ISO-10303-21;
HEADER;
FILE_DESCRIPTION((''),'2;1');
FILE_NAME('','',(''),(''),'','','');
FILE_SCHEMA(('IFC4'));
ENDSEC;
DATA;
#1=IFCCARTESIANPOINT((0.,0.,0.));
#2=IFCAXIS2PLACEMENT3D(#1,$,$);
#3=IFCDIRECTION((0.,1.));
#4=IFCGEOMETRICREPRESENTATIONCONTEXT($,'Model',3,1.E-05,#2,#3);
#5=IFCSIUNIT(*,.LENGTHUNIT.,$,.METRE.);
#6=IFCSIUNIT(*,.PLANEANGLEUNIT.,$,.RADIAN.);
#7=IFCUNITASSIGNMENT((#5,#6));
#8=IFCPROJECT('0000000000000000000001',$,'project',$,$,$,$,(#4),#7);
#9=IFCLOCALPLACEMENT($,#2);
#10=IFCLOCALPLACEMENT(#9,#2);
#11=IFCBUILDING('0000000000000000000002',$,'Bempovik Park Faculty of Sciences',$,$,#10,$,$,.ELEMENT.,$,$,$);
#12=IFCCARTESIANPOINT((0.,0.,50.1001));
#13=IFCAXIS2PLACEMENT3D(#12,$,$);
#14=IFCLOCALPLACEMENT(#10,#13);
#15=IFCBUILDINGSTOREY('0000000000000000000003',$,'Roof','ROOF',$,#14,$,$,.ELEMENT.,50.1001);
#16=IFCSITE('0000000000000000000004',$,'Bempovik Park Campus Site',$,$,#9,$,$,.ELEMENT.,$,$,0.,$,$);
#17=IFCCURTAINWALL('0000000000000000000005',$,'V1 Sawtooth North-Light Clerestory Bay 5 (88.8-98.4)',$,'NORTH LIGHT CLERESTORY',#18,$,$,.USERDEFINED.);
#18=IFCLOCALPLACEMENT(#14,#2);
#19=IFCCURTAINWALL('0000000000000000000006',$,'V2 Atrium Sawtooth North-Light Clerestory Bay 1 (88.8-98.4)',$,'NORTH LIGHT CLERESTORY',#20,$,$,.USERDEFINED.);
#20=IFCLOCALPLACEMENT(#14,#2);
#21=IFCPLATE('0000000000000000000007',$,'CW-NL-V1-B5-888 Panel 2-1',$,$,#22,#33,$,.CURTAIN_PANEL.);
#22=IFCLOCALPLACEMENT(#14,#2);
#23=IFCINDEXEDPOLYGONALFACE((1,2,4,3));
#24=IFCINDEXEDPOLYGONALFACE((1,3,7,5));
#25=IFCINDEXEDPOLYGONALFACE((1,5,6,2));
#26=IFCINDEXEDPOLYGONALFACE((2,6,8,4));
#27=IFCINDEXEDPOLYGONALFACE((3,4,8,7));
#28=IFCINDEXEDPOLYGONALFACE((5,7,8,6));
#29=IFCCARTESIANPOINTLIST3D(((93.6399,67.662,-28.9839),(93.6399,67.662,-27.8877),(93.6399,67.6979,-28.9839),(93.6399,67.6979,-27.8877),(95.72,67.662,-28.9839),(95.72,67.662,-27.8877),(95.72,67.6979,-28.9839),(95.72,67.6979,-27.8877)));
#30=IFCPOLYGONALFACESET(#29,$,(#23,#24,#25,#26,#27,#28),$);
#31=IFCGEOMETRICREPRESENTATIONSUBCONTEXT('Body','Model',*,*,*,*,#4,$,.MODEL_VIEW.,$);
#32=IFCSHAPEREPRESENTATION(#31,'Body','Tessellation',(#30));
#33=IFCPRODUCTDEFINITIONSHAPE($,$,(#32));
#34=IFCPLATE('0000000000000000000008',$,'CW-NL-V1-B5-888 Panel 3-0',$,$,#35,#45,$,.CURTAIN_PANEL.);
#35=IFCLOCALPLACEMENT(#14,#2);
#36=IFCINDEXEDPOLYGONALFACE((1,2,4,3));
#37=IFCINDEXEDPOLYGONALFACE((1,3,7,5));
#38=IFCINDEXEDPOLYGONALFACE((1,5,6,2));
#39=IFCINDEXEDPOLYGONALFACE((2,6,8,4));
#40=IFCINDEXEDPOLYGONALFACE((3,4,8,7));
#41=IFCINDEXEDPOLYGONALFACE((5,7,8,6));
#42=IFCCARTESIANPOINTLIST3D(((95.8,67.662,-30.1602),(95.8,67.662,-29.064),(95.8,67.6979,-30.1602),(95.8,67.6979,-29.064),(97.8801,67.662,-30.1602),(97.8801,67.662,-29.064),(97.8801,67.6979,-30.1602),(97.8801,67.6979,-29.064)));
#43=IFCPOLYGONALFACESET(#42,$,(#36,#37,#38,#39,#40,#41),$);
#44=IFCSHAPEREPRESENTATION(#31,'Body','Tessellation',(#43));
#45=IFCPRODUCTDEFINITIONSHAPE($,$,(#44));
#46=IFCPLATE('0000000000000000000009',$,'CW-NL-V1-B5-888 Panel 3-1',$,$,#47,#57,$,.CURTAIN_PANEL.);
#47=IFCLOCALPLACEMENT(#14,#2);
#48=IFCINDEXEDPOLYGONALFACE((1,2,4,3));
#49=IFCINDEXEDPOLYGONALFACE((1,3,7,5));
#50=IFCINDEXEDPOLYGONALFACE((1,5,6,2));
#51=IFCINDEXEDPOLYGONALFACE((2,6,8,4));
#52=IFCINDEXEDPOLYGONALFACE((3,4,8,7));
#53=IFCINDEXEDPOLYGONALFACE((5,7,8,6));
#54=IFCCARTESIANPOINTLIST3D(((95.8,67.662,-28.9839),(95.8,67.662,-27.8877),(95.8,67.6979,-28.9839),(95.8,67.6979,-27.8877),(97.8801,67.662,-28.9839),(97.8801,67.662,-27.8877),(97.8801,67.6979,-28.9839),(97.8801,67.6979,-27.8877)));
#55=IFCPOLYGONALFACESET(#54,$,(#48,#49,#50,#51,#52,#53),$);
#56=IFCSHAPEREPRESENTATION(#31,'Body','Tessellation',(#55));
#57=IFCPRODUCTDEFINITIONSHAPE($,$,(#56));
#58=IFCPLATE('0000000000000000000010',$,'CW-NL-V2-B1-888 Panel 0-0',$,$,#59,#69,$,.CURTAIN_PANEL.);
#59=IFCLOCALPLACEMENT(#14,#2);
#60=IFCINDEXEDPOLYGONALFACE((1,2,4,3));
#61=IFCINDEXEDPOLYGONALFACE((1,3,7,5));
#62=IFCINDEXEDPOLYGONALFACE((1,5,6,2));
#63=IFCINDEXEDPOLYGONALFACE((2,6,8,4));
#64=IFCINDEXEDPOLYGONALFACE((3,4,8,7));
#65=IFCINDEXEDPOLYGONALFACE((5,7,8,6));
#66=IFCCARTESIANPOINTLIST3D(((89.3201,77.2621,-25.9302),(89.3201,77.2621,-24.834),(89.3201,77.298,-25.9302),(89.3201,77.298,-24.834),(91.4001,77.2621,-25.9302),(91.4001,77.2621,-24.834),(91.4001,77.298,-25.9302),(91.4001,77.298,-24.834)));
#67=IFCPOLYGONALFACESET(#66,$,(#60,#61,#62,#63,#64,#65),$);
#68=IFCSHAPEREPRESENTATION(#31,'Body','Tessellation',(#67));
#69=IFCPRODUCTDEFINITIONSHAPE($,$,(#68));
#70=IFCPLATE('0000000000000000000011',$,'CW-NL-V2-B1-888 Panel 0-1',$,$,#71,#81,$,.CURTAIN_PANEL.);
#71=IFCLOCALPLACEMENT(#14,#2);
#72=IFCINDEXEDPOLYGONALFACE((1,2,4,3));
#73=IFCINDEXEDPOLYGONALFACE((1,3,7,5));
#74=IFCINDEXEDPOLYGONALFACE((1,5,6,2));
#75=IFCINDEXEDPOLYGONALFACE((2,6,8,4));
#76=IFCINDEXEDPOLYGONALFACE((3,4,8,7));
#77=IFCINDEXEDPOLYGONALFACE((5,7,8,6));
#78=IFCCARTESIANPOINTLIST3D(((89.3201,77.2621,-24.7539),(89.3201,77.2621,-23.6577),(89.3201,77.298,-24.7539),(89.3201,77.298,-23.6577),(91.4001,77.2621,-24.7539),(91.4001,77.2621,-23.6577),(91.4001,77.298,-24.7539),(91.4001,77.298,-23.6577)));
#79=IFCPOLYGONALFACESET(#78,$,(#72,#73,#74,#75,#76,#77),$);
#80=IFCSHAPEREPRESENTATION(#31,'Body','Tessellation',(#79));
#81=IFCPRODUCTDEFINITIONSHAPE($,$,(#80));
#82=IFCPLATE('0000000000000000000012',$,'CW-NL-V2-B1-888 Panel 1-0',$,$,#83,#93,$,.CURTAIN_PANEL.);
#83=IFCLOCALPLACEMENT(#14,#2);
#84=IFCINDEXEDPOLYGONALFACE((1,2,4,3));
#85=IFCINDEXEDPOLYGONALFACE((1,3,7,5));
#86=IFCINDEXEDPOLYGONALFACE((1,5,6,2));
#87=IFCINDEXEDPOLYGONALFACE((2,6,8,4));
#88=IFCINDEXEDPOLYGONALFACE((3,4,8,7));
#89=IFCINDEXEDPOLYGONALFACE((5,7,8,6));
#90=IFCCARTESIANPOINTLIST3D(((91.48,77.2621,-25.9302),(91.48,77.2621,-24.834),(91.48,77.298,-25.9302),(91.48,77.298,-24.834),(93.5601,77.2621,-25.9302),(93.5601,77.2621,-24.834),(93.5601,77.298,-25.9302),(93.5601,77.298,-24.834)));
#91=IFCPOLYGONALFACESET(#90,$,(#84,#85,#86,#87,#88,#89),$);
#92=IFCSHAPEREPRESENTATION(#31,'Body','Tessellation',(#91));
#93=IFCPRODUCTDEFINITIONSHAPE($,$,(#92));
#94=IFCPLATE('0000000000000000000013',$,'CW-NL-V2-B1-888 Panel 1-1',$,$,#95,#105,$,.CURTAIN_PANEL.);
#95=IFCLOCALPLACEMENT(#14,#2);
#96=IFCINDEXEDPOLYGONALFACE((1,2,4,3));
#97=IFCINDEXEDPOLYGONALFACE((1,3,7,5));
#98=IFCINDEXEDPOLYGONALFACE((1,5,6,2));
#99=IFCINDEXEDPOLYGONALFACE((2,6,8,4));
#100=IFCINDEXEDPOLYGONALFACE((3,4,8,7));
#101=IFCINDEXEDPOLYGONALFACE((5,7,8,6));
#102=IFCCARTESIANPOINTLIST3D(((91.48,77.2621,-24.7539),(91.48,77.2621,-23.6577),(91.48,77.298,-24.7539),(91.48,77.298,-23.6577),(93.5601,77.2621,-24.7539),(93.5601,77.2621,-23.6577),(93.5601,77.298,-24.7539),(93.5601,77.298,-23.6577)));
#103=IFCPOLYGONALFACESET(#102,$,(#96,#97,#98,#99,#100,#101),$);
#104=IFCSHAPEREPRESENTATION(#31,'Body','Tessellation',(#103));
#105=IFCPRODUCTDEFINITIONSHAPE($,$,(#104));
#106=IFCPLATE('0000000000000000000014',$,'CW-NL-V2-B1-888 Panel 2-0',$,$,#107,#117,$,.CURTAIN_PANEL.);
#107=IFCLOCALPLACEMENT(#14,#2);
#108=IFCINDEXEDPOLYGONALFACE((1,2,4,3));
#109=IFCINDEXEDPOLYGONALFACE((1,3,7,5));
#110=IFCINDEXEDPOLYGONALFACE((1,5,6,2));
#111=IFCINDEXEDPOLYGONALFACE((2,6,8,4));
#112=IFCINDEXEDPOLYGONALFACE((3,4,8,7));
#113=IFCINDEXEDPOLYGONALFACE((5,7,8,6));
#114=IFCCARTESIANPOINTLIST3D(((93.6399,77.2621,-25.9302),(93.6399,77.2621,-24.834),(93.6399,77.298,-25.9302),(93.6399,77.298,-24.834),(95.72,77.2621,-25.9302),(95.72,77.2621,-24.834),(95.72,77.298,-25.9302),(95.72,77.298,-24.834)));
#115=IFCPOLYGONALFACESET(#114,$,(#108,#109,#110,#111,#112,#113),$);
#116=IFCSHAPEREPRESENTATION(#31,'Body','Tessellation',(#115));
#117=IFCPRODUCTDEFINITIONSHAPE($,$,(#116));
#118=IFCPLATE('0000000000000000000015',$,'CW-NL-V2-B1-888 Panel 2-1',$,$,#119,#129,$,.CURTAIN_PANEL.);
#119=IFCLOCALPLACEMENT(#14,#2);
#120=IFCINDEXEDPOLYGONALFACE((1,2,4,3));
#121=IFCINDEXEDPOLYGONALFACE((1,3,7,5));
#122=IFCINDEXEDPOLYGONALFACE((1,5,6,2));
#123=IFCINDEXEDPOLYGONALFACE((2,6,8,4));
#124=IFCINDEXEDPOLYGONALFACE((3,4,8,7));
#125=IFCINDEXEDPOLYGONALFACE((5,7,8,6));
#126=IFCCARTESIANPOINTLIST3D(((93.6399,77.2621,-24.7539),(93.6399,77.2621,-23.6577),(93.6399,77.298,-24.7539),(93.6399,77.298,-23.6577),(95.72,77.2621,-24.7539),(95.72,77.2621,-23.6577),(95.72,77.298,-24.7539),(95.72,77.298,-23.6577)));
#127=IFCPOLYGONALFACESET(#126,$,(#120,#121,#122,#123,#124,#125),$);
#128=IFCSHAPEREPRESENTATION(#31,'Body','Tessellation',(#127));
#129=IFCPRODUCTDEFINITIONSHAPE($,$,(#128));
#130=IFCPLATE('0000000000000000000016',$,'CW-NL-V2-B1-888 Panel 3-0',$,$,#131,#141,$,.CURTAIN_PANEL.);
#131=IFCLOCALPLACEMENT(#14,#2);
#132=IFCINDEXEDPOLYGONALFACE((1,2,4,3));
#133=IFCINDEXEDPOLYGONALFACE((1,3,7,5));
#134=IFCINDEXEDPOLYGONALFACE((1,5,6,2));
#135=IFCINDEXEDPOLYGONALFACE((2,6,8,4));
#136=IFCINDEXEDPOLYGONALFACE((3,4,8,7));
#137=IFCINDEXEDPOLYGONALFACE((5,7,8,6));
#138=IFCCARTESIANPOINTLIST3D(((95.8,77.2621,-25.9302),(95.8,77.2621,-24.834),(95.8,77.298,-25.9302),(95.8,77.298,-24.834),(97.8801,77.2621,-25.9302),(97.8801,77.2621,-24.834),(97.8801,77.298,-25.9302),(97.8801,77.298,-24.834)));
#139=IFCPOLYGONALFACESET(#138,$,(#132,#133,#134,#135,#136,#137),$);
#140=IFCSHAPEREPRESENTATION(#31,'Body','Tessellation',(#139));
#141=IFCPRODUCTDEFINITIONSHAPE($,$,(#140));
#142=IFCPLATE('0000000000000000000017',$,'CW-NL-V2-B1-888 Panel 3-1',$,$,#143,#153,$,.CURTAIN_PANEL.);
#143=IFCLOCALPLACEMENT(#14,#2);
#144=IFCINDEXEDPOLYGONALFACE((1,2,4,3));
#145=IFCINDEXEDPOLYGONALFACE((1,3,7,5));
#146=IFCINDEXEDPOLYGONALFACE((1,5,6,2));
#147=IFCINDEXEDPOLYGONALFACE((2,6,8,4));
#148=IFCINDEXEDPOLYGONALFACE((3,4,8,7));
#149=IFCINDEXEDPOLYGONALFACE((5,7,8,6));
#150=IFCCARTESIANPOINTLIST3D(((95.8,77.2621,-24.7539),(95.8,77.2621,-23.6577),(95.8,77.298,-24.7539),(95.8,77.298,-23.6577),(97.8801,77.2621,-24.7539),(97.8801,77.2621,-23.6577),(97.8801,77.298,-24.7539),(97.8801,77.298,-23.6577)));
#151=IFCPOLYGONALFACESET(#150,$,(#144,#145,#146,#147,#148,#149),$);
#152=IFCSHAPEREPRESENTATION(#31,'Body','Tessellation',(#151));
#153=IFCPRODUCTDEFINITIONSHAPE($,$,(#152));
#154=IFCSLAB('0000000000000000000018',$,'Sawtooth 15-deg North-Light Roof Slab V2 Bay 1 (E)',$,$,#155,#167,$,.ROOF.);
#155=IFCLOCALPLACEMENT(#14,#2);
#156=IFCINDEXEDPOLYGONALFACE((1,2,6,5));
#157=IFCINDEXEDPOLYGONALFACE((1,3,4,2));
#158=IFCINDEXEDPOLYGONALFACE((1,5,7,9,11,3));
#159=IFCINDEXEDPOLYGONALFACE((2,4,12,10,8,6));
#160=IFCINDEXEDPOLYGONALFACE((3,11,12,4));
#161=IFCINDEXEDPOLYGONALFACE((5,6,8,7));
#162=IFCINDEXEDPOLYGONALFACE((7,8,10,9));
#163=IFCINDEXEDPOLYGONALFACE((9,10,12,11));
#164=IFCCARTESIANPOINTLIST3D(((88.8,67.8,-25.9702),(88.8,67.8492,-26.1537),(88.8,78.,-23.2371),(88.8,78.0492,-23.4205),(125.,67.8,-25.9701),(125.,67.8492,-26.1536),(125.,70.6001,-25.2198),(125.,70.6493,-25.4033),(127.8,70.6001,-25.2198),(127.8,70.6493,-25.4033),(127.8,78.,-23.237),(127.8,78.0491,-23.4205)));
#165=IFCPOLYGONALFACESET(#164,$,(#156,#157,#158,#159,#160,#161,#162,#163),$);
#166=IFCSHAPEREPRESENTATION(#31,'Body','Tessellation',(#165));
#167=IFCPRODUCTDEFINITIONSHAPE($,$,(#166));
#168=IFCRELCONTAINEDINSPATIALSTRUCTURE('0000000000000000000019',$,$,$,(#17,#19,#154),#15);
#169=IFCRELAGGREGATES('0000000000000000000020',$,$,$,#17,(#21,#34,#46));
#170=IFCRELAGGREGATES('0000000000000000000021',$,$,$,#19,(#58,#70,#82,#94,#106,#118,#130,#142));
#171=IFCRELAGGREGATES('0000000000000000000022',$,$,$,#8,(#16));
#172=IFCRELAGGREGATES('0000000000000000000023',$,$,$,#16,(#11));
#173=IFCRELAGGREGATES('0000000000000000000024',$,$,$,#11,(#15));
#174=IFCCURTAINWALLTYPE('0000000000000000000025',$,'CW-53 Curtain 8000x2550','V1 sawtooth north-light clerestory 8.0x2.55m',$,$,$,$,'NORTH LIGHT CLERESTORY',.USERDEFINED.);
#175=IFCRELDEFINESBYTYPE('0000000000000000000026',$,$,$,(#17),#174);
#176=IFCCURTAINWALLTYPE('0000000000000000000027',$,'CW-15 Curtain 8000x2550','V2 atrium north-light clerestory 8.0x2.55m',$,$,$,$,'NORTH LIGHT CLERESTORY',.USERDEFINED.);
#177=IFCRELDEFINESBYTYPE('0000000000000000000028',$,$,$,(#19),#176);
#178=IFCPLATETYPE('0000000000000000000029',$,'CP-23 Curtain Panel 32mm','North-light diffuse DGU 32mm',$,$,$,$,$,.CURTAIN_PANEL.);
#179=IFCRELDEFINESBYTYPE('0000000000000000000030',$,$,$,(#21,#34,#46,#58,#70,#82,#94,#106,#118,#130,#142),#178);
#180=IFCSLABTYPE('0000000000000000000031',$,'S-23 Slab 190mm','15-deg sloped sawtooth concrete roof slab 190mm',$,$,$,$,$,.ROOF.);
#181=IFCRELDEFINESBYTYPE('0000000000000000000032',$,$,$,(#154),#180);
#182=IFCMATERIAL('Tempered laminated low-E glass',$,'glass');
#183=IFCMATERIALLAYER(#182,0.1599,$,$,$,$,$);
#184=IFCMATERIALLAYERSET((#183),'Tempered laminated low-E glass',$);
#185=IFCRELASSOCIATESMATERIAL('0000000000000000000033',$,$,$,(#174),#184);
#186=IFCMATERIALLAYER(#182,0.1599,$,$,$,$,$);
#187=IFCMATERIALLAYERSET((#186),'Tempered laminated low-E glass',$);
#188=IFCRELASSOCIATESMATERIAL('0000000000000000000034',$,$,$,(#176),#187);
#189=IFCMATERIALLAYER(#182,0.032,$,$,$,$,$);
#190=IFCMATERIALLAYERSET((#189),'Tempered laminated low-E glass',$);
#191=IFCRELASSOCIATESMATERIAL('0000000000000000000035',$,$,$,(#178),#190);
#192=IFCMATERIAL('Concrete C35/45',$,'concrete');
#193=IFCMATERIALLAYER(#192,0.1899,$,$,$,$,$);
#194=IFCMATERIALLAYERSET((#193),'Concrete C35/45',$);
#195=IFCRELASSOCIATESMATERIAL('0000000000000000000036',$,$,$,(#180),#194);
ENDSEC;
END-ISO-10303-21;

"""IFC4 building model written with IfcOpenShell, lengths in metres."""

from ifc_helpers import new_model, si_unit, direction, frame, origin, origin_2d, place, context, subcontext, project, spatial, polyline, rectangle, outline, extrude, material, layer, layer_set, type_object, element, aggregate, save


model = new_model("IFC4")

# Units and contexts
model_context = context("Model", 3, precision=1e-05, world=origin(), true_north=direction((0.0, 1.0)))
body_context = subcontext(model_context, "Body", "Model", "MODEL_VIEW")
ifc_project = project(units=[si_unit("LENGTHUNIT", "METRE"), si_unit("PLANEANGLEUNIT", "RADIAN")], contexts=[model_context])

# Site, building, storey
site_placement = place(None, origin())
site = spatial("IfcSite", under=ifc_project, at=site_placement, Name="Bempovik Park Campus Site", CompositionType="ELEMENT", RefElevation=0.0)
building_placement = place(site_placement, origin())
building = spatial("IfcBuilding", under=site, at=building_placement, Name="Bempovik Park Faculty of Sciences", CompositionType="ELEMENT")
storey_placement = place(building_placement, frame((0.0, 0.0, 50.1001)))
storey = spatial("IfcBuildingStorey", under=building, at=storey_placement, Name="Roof", Description="ROOF", CompositionType="ELEMENT", Elevation=50.1001)

# Curtain walls
ifc_material_1 = material(Name="Tempered laminated low-E glass", Category="glass")
ifc_layer_1 = layer(ifc_material_1, 0.1599)
ifc_layer_set_1 = layer_set([ifc_layer_1], Name="Tempered laminated low-E glass")
curtain_wall_type_1 = type_object("IfcCurtainWallType", Name="CW-53 Curtain 8000x2550", Description="V1 sawtooth north-light clerestory 8.0x2.55m", ElementType="NORTH LIGHT CLERESTORY", PredefinedType="USERDEFINED", material=ifc_layer_set_1)
curtain_wall_1_placement = place(storey_placement, origin())
curtain_wall_1 = element("IfcCurtainWall", 1, at=curtain_wall_1_placement, inside=storey, type_object=curtain_wall_type_1, Name="V1 Sawtooth North-Light Clerestory Bay 5 (88.8-98.4)", ObjectType="NORTH LIGHT CLERESTORY", PredefinedType="USERDEFINED")
ifc_layer_2 = layer(ifc_material_1, 0.1599)
ifc_layer_set_2 = layer_set([ifc_layer_2], Name="Tempered laminated low-E glass")
curtain_wall_type_2 = type_object("IfcCurtainWallType", Name="CW-15 Curtain 8000x2550", Description="V2 atrium north-light clerestory 8.0x2.55m", ElementType="NORTH LIGHT CLERESTORY", PredefinedType="USERDEFINED", material=ifc_layer_set_2)
curtain_wall_2_placement = place(storey_placement, origin())
curtain_wall_2 = element("IfcCurtainWall", 2, at=curtain_wall_2_placement, inside=storey, type_object=curtain_wall_type_2, Name="V2 Atrium Sawtooth North-Light Clerestory Bay 1 (88.8-98.4)", ObjectType="NORTH LIGHT CLERESTORY", PredefinedType="USERDEFINED")

# Plates
ifc_layer_3 = layer(ifc_material_1, 0.032)
ifc_layer_set_3 = layer_set([ifc_layer_3], Name="Tempered laminated low-E glass")
plate_type = type_object("IfcPlateType", Name="CP-23 Curtain Panel 32mm", Description="North-light diffuse DGU 32mm", PredefinedType="CURTAIN_PANEL", material=ifc_layer_set_3)
plate_1_placement = place(storey_placement, frame((94.6799, 67.6799, -28.9839), z_axis=(0.0, 0.0, 1.0), x_axis=(1.0, 0.0, 0.0)))
plate_1 = element("IfcPlate", 3, at=plate_1_placement, type_object=plate_type, Name="CW-NL-V1-B5-888 Panel 2-1", PredefinedType="CURTAIN_PANEL", context=body_context, shape_type="SweptSolid", body=[
    extrude(rectangle(XDim=2.0801, YDim=0.0359, at=origin_2d()), origin(), (0.0, 0.0, 1.0), 1.0962),
])
plate_2_placement = place(storey_placement, frame((96.8401, 67.6799, -30.1602), z_axis=(0.0, 0.0, 1.0), x_axis=(1.0, 0.0, 0.0)))
plate_2 = element("IfcPlate", 4, at=plate_2_placement, type_object=plate_type, Name="CW-NL-V1-B5-888 Panel 3-0", PredefinedType="CURTAIN_PANEL", context=body_context, shape_type="SweptSolid", body=[
    extrude(rectangle(XDim=2.0801, YDim=0.0359, at=origin_2d()), origin(), (0.0, 0.0, 1.0), 1.0962),
])
plate_3_placement = place(storey_placement, frame((96.8401, 67.6799, -28.9839), z_axis=(0.0, 0.0, 1.0), x_axis=(1.0, 0.0, 0.0)))
plate_3 = element("IfcPlate", 5, at=plate_3_placement, type_object=plate_type, Name="CW-NL-V1-B5-888 Panel 3-1", PredefinedType="CURTAIN_PANEL", context=body_context, shape_type="SweptSolid", body=[
    extrude(rectangle(XDim=2.0801, YDim=0.0359, at=origin_2d()), origin(), (0.0, 0.0, 1.0), 1.0962),
])
aggregate(curtain_wall_1, [plate_1, plate_2, plate_3])
plate_4_placement = place(storey_placement, frame((90.3601, 77.28, -25.9302), z_axis=(0.0, 0.0, 1.0), x_axis=(1.0, 0.0, 0.0)))
plate_4 = element("IfcPlate", 6, at=plate_4_placement, type_object=plate_type, Name="CW-NL-V2-B1-888 Panel 0-0", PredefinedType="CURTAIN_PANEL", context=body_context, shape_type="SweptSolid", body=[
    extrude(rectangle(XDim=2.0801, YDim=0.0359, at=origin_2d()), origin(), (0.0, 0.0, 1.0), 1.0962),
])
plate_5_placement = place(storey_placement, frame((90.3601, 77.28, -24.7539), z_axis=(0.0, 0.0, 1.0), x_axis=(1.0, 0.0, 0.0)))
plate_5 = element("IfcPlate", 7, at=plate_5_placement, type_object=plate_type, Name="CW-NL-V2-B1-888 Panel 0-1", PredefinedType="CURTAIN_PANEL", context=body_context, shape_type="SweptSolid", body=[
    extrude(rectangle(XDim=2.0801, YDim=0.0359, at=origin_2d()), origin(), (0.0, 0.0, 1.0), 1.0962),
])
plate_6_placement = place(storey_placement, frame((92.52, 77.28, -25.9302), z_axis=(0.0, 0.0, 1.0), x_axis=(1.0, 0.0, 0.0)))
plate_6 = element("IfcPlate", 8, at=plate_6_placement, type_object=plate_type, Name="CW-NL-V2-B1-888 Panel 1-0", PredefinedType="CURTAIN_PANEL", context=body_context, shape_type="SweptSolid", body=[
    extrude(rectangle(XDim=2.0801, YDim=0.0359, at=origin_2d()), origin(), (0.0, 0.0, 1.0), 1.0962),
])
plate_7_placement = place(storey_placement, frame((92.52, 77.28, -24.7539), z_axis=(0.0, 0.0, 1.0), x_axis=(1.0, 0.0, 0.0)))
plate_7 = element("IfcPlate", 9, at=plate_7_placement, type_object=plate_type, Name="CW-NL-V2-B1-888 Panel 1-1", PredefinedType="CURTAIN_PANEL", context=body_context, shape_type="SweptSolid", body=[
    extrude(rectangle(XDim=2.0801, YDim=0.0359, at=origin_2d()), origin(), (0.0, 0.0, 1.0), 1.0962),
])
plate_8_placement = place(storey_placement, frame((94.6799, 77.28, -25.9302), z_axis=(0.0, 0.0, 1.0), x_axis=(1.0, 0.0, 0.0)))
plate_8 = element("IfcPlate", 10, at=plate_8_placement, type_object=plate_type, Name="CW-NL-V2-B1-888 Panel 2-0", PredefinedType="CURTAIN_PANEL", context=body_context, shape_type="SweptSolid", body=[
    extrude(rectangle(XDim=2.0801, YDim=0.0359, at=origin_2d()), origin(), (0.0, 0.0, 1.0), 1.0962),
])
plate_9_placement = place(storey_placement, frame((94.6799, 77.28, -24.7539), z_axis=(0.0, 0.0, 1.0), x_axis=(1.0, 0.0, 0.0)))
plate_9 = element("IfcPlate", 11, at=plate_9_placement, type_object=plate_type, Name="CW-NL-V2-B1-888 Panel 2-1", PredefinedType="CURTAIN_PANEL", context=body_context, shape_type="SweptSolid", body=[
    extrude(rectangle(XDim=2.0801, YDim=0.0359, at=origin_2d()), origin(), (0.0, 0.0, 1.0), 1.0962),
])
plate_10_placement = place(storey_placement, frame((96.8401, 77.28, -25.9302), z_axis=(0.0, 0.0, 1.0), x_axis=(1.0, 0.0, 0.0)))
plate_10 = element("IfcPlate", 12, at=plate_10_placement, type_object=plate_type, Name="CW-NL-V2-B1-888 Panel 3-0", PredefinedType="CURTAIN_PANEL", context=body_context, shape_type="SweptSolid", body=[
    extrude(rectangle(XDim=2.0801, YDim=0.0359, at=origin_2d()), origin(), (0.0, 0.0, 1.0), 1.0962),
])
plate_11_placement = place(storey_placement, frame((96.8401, 77.28, -24.7539), z_axis=(0.0, 0.0, 1.0), x_axis=(1.0, 0.0, 0.0)))
plate_11 = element("IfcPlate", 13, at=plate_11_placement, type_object=plate_type, Name="CW-NL-V2-B1-888 Panel 3-1", PredefinedType="CURTAIN_PANEL", context=body_context, shape_type="SweptSolid", body=[
    extrude(rectangle(XDim=2.0801, YDim=0.0359, at=origin_2d()), origin(), (0.0, 0.0, 1.0), 1.0962),
])
aggregate(curtain_wall_2, [plate_4, plate_5, plate_6, plate_7, plate_8, plate_9, plate_10, plate_11])

# Slab
ifc_material_2 = material(Name="Concrete C35/45", Category="concrete")
ifc_layer_4 = layer(ifc_material_2, 0.1899)
ifc_layer_set_4 = layer_set([ifc_layer_4], Name="Concrete C35/45")
slab_type = type_object("IfcSlabType", Name="S-23 Slab 190mm", Description="15-deg sloped sawtooth concrete roof slab 190mm", PredefinedType="ROOF", material=ifc_layer_set_4)
slab_placement = place(storey_placement, frame((88.8, 67.8, -25.9702), z_axis=(-0.000002, -0.258825, 0.965924), x_axis=(1.0, -0.000001, 0.000002)))
element("IfcSlab", 14, at=slab_placement, inside=storey, type_object=slab_type, Name="Sawtooth 15-deg North-Light Roof Slab V2 Bay 1 (E)", PredefinedType="ROOF", context=body_context, shape_type="SweptSolid", body=[
    extrude(outline(polyline([(0.0, 0.0), (36.2, 0.0), (36.2, 2.8989), (39.0, 2.8989), (39.0, 10.5598), (0.0, 10.5598), (0.0, 0.0)])), origin(), (0.0, 0.0, -1.0), 0.1899),
])

save(model, "model.ifc")
